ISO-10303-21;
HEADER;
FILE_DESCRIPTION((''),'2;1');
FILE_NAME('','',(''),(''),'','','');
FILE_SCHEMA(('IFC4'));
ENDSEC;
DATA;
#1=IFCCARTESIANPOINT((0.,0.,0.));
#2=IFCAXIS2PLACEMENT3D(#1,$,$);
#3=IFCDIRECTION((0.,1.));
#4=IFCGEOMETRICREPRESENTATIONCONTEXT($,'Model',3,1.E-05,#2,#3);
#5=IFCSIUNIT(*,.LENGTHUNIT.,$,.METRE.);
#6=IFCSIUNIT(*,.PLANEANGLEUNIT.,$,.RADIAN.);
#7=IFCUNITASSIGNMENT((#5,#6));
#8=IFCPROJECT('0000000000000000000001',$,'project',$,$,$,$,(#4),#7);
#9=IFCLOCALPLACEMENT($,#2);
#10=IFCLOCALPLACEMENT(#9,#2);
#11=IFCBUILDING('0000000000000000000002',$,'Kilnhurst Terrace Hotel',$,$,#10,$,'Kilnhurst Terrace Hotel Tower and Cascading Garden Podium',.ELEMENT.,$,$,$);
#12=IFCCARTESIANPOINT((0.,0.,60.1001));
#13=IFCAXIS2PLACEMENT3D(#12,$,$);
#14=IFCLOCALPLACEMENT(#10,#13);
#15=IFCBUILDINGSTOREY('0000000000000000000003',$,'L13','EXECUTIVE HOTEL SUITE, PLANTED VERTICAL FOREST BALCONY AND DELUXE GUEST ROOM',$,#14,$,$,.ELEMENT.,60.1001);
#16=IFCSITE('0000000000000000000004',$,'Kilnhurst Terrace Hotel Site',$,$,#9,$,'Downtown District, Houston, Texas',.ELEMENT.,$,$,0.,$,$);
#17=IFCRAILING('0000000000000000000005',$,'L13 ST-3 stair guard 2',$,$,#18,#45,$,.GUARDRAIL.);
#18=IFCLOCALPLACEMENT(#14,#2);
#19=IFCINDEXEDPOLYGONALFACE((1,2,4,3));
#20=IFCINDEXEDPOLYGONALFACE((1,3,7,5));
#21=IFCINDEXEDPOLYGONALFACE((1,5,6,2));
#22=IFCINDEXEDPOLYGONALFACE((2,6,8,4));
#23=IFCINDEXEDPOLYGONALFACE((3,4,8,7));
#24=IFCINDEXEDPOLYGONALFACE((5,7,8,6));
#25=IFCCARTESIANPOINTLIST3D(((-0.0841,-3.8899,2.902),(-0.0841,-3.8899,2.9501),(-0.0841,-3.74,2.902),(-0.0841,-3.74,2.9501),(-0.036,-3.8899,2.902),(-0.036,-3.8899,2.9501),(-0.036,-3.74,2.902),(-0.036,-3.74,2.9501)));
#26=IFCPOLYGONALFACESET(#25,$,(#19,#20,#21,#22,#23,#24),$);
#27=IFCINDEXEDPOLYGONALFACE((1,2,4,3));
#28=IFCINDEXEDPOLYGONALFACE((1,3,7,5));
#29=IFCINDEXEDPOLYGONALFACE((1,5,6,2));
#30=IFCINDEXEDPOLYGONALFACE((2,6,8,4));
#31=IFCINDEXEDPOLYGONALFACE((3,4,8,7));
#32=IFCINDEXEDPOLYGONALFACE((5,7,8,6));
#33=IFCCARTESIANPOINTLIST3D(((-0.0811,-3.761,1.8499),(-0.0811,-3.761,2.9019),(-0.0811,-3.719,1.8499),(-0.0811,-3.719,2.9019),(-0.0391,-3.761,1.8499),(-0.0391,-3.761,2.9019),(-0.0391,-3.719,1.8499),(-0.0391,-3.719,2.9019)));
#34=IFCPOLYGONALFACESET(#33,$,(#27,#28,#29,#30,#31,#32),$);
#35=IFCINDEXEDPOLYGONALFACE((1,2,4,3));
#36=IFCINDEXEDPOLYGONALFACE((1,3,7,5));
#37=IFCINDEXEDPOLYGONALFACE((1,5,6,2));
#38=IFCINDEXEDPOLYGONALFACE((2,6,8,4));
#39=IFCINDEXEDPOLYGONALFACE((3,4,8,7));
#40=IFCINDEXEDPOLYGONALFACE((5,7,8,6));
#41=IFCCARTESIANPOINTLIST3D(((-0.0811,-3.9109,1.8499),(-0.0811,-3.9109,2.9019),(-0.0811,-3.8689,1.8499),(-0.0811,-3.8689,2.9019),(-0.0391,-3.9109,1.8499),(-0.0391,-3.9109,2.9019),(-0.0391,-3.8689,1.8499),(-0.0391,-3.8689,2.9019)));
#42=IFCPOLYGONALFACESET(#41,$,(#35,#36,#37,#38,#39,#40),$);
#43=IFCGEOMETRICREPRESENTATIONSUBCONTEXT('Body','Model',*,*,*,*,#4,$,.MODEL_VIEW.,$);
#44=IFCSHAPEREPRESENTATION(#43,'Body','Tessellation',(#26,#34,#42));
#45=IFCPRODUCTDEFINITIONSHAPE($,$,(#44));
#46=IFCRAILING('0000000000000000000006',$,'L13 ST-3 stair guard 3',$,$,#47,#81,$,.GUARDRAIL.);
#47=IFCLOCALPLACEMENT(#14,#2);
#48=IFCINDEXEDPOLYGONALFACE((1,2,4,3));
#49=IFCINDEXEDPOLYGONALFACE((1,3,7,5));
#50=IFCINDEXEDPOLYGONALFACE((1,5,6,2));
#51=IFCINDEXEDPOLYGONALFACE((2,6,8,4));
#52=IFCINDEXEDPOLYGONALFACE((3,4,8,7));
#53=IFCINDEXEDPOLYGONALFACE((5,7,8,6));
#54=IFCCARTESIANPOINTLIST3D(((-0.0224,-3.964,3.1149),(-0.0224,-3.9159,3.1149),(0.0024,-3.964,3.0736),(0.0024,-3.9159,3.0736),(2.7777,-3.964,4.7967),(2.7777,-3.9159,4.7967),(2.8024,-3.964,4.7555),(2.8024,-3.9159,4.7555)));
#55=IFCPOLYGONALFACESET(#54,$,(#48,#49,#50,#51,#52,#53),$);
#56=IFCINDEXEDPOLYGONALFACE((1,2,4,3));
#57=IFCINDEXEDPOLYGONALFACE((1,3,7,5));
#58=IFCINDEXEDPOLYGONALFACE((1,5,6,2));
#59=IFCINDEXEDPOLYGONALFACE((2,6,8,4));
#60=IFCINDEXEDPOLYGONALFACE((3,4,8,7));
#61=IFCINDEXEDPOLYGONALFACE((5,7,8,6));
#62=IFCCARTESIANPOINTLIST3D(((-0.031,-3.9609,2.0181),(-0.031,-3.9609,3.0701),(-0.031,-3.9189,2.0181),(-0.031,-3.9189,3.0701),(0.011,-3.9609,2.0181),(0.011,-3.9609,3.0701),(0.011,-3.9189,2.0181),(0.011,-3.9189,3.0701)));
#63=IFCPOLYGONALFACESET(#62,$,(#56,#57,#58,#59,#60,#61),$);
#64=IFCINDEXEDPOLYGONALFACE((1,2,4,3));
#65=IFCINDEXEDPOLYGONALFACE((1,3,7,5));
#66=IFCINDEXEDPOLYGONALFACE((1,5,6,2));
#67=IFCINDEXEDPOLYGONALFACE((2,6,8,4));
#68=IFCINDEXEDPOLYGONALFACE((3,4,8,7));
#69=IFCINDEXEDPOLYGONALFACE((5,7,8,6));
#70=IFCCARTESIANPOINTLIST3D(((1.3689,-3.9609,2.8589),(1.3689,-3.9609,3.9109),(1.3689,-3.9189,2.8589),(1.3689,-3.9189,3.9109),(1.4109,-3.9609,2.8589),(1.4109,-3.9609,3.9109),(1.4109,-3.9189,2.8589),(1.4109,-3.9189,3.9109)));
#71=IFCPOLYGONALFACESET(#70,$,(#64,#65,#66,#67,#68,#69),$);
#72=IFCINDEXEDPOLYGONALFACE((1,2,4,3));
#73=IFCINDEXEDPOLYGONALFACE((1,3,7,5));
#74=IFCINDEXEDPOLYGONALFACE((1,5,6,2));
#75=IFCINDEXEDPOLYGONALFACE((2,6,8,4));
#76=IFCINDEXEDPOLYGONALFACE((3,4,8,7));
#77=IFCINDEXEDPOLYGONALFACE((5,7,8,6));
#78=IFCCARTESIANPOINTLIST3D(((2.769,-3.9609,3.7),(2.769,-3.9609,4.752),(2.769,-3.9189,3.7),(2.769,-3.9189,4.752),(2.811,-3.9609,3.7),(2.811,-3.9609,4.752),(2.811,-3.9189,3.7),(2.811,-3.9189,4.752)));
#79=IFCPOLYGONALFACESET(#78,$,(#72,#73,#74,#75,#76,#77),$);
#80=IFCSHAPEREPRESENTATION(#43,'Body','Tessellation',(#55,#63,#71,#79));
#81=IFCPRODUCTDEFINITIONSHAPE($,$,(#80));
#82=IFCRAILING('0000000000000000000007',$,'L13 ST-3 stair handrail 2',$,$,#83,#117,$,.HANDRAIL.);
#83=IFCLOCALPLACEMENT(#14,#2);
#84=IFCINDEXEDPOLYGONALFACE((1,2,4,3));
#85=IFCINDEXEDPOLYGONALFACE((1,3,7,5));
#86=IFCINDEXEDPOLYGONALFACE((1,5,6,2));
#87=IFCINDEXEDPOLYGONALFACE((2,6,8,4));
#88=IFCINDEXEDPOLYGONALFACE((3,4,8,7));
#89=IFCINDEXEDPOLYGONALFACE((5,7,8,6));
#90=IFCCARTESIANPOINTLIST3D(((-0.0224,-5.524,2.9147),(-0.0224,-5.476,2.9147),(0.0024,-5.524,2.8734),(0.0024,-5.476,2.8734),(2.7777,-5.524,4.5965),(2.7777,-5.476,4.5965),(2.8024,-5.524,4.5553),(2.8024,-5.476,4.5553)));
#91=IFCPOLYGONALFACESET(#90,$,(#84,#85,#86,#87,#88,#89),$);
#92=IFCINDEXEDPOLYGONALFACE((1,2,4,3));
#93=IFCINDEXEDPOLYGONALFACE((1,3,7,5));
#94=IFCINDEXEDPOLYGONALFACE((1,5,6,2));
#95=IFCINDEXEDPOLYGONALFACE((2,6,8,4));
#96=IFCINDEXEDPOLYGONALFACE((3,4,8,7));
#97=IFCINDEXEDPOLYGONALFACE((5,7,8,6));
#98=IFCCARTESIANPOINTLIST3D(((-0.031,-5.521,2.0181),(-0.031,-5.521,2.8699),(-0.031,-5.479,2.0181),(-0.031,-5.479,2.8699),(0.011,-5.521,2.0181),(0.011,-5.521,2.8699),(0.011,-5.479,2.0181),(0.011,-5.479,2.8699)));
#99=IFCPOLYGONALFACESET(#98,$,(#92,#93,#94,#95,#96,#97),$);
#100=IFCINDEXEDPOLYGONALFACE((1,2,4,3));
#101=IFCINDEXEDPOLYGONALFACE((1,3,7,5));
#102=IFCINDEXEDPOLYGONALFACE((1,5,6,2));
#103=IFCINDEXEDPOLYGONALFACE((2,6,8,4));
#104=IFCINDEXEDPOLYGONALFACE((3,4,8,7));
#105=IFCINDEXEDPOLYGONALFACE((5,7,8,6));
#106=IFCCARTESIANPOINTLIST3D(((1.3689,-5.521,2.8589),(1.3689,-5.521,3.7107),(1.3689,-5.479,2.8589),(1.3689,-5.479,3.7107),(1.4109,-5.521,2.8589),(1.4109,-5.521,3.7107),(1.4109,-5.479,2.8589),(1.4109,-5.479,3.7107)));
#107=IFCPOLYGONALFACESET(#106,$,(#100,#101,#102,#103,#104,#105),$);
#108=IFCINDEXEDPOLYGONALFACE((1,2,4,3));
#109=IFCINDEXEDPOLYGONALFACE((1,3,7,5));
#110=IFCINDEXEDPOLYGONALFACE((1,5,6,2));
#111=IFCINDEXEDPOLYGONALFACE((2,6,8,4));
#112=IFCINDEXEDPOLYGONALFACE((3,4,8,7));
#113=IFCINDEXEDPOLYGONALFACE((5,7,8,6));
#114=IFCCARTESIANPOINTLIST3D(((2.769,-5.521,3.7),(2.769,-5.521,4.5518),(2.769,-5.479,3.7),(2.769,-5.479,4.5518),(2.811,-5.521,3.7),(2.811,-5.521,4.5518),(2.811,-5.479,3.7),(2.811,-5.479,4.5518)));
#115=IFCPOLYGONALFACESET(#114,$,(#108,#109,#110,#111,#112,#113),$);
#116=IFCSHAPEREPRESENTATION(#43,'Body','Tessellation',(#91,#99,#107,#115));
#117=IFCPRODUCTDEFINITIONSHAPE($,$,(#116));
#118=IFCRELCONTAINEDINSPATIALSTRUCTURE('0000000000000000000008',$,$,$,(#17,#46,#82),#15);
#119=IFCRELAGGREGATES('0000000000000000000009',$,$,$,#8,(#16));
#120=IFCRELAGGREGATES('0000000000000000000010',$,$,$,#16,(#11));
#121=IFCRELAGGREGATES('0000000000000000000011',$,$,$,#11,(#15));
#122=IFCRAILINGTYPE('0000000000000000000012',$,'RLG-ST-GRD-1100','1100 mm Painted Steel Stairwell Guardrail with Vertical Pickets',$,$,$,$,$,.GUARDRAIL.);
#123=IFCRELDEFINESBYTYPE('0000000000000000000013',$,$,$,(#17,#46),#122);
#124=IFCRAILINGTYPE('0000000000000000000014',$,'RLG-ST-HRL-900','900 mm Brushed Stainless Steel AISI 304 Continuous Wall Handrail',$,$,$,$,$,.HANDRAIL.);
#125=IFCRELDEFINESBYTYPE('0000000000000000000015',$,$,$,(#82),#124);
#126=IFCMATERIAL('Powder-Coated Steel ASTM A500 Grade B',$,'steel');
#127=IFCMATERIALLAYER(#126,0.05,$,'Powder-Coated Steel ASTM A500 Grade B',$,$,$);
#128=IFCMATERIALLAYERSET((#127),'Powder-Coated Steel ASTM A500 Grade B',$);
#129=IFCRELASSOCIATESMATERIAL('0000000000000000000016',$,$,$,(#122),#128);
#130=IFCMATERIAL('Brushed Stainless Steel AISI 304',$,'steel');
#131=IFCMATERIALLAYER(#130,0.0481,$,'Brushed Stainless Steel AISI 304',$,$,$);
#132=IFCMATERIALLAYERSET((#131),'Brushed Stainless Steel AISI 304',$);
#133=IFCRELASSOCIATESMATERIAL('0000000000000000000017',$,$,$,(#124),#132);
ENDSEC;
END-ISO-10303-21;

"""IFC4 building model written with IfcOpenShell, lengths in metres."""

from ifc_helpers import new_model, si_unit, direction, frame, origin, origin_2d, place, context, subcontext, project, spatial, rectangle, extrude, material, layer, layer_set, type_object, element, save


model = new_model("IFC4")

# Units and contexts
model_context = context("Model", 3, precision=1e-05, world=origin(), true_north=direction((0.0, 1.0)))
body_context = subcontext(model_context, "Body", "Model", "MODEL_VIEW")
ifc_project = project(units=[si_unit("LENGTHUNIT", "METRE"), si_unit("PLANEANGLEUNIT", "RADIAN")], contexts=[model_context])

# Site, building, storey
site_placement = place(None, origin())
site = spatial("IfcSite", under=ifc_project, at=site_placement, Name="Kilnhurst Terrace Hotel Site", LongName="Downtown District, Houston, Texas", CompositionType="ELEMENT", RefElevation=0.0)
building_placement = place(site_placement, origin())
building = spatial("IfcBuilding", under=site, at=building_placement, Name="Kilnhurst Terrace Hotel", LongName="Kilnhurst Terrace Hotel Tower and Cascading Garden Podium", CompositionType="ELEMENT")
storey_placement = place(building_placement, frame((0.0, 0.0, 60.1001)))
storey = spatial("IfcBuildingStorey", under=building, at=storey_placement, Name="L13", Description="EXECUTIVE HOTEL SUITE, PLANTED VERTICAL FOREST BALCONY AND DELUXE GUEST ROOM", CompositionType="ELEMENT", Elevation=60.1001)

# Railings
ifc_material_1 = material(Name="Powder-Coated Steel ASTM A500 Grade B", Category="steel")
ifc_layer_1 = layer(ifc_material_1, 0.05, Name="Powder-Coated Steel ASTM A500 Grade B")
ifc_layer_set_1 = layer_set([ifc_layer_1], Name="Powder-Coated Steel ASTM A500 Grade B")
railing_type_1 = type_object("IfcRailingType", Name="RLG-ST-GRD-1100", Description="1100 mm Painted Steel Stairwell Guardrail with Vertical Pickets", PredefinedType="GUARDRAIL", material=ifc_layer_set_1)
railing_1_placement = place(storey_placement, frame((-0.0601, -3.74, 1.8499)))
element("IfcRailing", 1, at=railing_1_placement, inside=storey, type_object=railing_type_1, Name="L13 ST-3 stair guard 2", PredefinedType="GUARDRAIL", context=body_context, shape_type="SweptSolid", body=[
    extrude(rectangle(XDim=0.0481, YDim=0.0481, at=origin_2d()), frame((0.0, 0.0, 1.0762), z_axis=(0.0, -1.0, 0.0), x_axis=(1.0, 0.0, 0.0)), (0.0, 0.0, 1.0), 0.1499),
    extrude(rectangle(XDim=0.042, YDim=0.042, at=origin_2d()), origin(), (0.0, 0.0, 1.0), 1.052),
    extrude(rectangle(XDim=0.042, YDim=0.042, at=origin_2d()), frame((0.0, -0.1499, 0.0)), (0.0, 0.0, 1.0), 1.052),
])
railing_2_placement = place(storey_placement, frame((-0.01, -3.9399, 2.0181)))
element("IfcRailing", 2, at=railing_2_placement, inside=storey, type_object=railing_type_1, Name="L13 ST-3 stair guard 3", PredefinedType="GUARDRAIL", context=body_context, shape_type="SweptSolid", body=[
    extrude(rectangle(XDim=0.0481, YDim=0.0481, at=origin_2d()), frame((0.0, 0.0, 1.0762), z_axis=(0.857242, 0.0, 0.514913), x_axis=(0.0, 1.0, 0.0)), (0.0, 0.0, 1.0), 3.2664),
    extrude(rectangle(XDim=0.042, YDim=0.042, at=origin_2d()), origin(), (0.0, 0.0, 1.0), 1.052),
    extrude(rectangle(XDim=0.042, YDim=0.042, at=origin_2d()), frame((1.3999, 0.0, 0.8408)), (0.0, 0.0, 1.0), 1.052),
    extrude(rectangle(XDim=0.042, YDim=0.042, at=origin_2d()), frame((2.8, 0.0, 1.6819)), (0.0, 0.0, 1.0), 1.052),
])
ifc_material_2 = material(Name="Brushed Stainless Steel AISI 304", Category="steel")
ifc_layer_2 = layer(ifc_material_2, 0.0481, Name="Brushed Stainless Steel AISI 304")
ifc_layer_set_2 = layer_set([ifc_layer_2], Name="Brushed Stainless Steel AISI 304")
railing_type_2 = type_object("IfcRailingType", Name="RLG-ST-HRL-900", Description="900 mm Brushed Stainless Steel AISI 304 Continuous Wall Handrail", PredefinedType="HANDRAIL", material=ifc_layer_set_2)
railing_3_placement = place(storey_placement, frame((-0.01, -5.5, 2.0181)))
element("IfcRailing", 3, at=railing_3_placement, inside=storey, type_object=railing_type_2, Name="L13 ST-3 stair handrail 2", PredefinedType="HANDRAIL", context=body_context, shape_type="SweptSolid", body=[
    extrude(rectangle(XDim=0.0481, YDim=0.0481, at=origin_2d()), frame((0.0, 0.0, 0.876), z_axis=(0.857242, 0.0, 0.514913), x_axis=(0.0, 1.0, 0.0)), (0.0, 0.0, 1.0), 3.2664),
    extrude(rectangle(XDim=0.042, YDim=0.042, at=origin_2d()), origin(), (0.0, 0.0, 1.0), 0.8518),
    extrude(rectangle(XDim=0.042, YDim=0.042, at=origin_2d()), frame((1.3999, 0.0, 0.8408)), (0.0, 0.0, 1.0), 0.8518),
    extrude(rectangle(XDim=0.042, YDim=0.042, at=origin_2d()), frame((2.8, 0.0, 1.6819)), (0.0, 0.0, 1.0), 0.8518),
])

save(model, "model.ifc")
